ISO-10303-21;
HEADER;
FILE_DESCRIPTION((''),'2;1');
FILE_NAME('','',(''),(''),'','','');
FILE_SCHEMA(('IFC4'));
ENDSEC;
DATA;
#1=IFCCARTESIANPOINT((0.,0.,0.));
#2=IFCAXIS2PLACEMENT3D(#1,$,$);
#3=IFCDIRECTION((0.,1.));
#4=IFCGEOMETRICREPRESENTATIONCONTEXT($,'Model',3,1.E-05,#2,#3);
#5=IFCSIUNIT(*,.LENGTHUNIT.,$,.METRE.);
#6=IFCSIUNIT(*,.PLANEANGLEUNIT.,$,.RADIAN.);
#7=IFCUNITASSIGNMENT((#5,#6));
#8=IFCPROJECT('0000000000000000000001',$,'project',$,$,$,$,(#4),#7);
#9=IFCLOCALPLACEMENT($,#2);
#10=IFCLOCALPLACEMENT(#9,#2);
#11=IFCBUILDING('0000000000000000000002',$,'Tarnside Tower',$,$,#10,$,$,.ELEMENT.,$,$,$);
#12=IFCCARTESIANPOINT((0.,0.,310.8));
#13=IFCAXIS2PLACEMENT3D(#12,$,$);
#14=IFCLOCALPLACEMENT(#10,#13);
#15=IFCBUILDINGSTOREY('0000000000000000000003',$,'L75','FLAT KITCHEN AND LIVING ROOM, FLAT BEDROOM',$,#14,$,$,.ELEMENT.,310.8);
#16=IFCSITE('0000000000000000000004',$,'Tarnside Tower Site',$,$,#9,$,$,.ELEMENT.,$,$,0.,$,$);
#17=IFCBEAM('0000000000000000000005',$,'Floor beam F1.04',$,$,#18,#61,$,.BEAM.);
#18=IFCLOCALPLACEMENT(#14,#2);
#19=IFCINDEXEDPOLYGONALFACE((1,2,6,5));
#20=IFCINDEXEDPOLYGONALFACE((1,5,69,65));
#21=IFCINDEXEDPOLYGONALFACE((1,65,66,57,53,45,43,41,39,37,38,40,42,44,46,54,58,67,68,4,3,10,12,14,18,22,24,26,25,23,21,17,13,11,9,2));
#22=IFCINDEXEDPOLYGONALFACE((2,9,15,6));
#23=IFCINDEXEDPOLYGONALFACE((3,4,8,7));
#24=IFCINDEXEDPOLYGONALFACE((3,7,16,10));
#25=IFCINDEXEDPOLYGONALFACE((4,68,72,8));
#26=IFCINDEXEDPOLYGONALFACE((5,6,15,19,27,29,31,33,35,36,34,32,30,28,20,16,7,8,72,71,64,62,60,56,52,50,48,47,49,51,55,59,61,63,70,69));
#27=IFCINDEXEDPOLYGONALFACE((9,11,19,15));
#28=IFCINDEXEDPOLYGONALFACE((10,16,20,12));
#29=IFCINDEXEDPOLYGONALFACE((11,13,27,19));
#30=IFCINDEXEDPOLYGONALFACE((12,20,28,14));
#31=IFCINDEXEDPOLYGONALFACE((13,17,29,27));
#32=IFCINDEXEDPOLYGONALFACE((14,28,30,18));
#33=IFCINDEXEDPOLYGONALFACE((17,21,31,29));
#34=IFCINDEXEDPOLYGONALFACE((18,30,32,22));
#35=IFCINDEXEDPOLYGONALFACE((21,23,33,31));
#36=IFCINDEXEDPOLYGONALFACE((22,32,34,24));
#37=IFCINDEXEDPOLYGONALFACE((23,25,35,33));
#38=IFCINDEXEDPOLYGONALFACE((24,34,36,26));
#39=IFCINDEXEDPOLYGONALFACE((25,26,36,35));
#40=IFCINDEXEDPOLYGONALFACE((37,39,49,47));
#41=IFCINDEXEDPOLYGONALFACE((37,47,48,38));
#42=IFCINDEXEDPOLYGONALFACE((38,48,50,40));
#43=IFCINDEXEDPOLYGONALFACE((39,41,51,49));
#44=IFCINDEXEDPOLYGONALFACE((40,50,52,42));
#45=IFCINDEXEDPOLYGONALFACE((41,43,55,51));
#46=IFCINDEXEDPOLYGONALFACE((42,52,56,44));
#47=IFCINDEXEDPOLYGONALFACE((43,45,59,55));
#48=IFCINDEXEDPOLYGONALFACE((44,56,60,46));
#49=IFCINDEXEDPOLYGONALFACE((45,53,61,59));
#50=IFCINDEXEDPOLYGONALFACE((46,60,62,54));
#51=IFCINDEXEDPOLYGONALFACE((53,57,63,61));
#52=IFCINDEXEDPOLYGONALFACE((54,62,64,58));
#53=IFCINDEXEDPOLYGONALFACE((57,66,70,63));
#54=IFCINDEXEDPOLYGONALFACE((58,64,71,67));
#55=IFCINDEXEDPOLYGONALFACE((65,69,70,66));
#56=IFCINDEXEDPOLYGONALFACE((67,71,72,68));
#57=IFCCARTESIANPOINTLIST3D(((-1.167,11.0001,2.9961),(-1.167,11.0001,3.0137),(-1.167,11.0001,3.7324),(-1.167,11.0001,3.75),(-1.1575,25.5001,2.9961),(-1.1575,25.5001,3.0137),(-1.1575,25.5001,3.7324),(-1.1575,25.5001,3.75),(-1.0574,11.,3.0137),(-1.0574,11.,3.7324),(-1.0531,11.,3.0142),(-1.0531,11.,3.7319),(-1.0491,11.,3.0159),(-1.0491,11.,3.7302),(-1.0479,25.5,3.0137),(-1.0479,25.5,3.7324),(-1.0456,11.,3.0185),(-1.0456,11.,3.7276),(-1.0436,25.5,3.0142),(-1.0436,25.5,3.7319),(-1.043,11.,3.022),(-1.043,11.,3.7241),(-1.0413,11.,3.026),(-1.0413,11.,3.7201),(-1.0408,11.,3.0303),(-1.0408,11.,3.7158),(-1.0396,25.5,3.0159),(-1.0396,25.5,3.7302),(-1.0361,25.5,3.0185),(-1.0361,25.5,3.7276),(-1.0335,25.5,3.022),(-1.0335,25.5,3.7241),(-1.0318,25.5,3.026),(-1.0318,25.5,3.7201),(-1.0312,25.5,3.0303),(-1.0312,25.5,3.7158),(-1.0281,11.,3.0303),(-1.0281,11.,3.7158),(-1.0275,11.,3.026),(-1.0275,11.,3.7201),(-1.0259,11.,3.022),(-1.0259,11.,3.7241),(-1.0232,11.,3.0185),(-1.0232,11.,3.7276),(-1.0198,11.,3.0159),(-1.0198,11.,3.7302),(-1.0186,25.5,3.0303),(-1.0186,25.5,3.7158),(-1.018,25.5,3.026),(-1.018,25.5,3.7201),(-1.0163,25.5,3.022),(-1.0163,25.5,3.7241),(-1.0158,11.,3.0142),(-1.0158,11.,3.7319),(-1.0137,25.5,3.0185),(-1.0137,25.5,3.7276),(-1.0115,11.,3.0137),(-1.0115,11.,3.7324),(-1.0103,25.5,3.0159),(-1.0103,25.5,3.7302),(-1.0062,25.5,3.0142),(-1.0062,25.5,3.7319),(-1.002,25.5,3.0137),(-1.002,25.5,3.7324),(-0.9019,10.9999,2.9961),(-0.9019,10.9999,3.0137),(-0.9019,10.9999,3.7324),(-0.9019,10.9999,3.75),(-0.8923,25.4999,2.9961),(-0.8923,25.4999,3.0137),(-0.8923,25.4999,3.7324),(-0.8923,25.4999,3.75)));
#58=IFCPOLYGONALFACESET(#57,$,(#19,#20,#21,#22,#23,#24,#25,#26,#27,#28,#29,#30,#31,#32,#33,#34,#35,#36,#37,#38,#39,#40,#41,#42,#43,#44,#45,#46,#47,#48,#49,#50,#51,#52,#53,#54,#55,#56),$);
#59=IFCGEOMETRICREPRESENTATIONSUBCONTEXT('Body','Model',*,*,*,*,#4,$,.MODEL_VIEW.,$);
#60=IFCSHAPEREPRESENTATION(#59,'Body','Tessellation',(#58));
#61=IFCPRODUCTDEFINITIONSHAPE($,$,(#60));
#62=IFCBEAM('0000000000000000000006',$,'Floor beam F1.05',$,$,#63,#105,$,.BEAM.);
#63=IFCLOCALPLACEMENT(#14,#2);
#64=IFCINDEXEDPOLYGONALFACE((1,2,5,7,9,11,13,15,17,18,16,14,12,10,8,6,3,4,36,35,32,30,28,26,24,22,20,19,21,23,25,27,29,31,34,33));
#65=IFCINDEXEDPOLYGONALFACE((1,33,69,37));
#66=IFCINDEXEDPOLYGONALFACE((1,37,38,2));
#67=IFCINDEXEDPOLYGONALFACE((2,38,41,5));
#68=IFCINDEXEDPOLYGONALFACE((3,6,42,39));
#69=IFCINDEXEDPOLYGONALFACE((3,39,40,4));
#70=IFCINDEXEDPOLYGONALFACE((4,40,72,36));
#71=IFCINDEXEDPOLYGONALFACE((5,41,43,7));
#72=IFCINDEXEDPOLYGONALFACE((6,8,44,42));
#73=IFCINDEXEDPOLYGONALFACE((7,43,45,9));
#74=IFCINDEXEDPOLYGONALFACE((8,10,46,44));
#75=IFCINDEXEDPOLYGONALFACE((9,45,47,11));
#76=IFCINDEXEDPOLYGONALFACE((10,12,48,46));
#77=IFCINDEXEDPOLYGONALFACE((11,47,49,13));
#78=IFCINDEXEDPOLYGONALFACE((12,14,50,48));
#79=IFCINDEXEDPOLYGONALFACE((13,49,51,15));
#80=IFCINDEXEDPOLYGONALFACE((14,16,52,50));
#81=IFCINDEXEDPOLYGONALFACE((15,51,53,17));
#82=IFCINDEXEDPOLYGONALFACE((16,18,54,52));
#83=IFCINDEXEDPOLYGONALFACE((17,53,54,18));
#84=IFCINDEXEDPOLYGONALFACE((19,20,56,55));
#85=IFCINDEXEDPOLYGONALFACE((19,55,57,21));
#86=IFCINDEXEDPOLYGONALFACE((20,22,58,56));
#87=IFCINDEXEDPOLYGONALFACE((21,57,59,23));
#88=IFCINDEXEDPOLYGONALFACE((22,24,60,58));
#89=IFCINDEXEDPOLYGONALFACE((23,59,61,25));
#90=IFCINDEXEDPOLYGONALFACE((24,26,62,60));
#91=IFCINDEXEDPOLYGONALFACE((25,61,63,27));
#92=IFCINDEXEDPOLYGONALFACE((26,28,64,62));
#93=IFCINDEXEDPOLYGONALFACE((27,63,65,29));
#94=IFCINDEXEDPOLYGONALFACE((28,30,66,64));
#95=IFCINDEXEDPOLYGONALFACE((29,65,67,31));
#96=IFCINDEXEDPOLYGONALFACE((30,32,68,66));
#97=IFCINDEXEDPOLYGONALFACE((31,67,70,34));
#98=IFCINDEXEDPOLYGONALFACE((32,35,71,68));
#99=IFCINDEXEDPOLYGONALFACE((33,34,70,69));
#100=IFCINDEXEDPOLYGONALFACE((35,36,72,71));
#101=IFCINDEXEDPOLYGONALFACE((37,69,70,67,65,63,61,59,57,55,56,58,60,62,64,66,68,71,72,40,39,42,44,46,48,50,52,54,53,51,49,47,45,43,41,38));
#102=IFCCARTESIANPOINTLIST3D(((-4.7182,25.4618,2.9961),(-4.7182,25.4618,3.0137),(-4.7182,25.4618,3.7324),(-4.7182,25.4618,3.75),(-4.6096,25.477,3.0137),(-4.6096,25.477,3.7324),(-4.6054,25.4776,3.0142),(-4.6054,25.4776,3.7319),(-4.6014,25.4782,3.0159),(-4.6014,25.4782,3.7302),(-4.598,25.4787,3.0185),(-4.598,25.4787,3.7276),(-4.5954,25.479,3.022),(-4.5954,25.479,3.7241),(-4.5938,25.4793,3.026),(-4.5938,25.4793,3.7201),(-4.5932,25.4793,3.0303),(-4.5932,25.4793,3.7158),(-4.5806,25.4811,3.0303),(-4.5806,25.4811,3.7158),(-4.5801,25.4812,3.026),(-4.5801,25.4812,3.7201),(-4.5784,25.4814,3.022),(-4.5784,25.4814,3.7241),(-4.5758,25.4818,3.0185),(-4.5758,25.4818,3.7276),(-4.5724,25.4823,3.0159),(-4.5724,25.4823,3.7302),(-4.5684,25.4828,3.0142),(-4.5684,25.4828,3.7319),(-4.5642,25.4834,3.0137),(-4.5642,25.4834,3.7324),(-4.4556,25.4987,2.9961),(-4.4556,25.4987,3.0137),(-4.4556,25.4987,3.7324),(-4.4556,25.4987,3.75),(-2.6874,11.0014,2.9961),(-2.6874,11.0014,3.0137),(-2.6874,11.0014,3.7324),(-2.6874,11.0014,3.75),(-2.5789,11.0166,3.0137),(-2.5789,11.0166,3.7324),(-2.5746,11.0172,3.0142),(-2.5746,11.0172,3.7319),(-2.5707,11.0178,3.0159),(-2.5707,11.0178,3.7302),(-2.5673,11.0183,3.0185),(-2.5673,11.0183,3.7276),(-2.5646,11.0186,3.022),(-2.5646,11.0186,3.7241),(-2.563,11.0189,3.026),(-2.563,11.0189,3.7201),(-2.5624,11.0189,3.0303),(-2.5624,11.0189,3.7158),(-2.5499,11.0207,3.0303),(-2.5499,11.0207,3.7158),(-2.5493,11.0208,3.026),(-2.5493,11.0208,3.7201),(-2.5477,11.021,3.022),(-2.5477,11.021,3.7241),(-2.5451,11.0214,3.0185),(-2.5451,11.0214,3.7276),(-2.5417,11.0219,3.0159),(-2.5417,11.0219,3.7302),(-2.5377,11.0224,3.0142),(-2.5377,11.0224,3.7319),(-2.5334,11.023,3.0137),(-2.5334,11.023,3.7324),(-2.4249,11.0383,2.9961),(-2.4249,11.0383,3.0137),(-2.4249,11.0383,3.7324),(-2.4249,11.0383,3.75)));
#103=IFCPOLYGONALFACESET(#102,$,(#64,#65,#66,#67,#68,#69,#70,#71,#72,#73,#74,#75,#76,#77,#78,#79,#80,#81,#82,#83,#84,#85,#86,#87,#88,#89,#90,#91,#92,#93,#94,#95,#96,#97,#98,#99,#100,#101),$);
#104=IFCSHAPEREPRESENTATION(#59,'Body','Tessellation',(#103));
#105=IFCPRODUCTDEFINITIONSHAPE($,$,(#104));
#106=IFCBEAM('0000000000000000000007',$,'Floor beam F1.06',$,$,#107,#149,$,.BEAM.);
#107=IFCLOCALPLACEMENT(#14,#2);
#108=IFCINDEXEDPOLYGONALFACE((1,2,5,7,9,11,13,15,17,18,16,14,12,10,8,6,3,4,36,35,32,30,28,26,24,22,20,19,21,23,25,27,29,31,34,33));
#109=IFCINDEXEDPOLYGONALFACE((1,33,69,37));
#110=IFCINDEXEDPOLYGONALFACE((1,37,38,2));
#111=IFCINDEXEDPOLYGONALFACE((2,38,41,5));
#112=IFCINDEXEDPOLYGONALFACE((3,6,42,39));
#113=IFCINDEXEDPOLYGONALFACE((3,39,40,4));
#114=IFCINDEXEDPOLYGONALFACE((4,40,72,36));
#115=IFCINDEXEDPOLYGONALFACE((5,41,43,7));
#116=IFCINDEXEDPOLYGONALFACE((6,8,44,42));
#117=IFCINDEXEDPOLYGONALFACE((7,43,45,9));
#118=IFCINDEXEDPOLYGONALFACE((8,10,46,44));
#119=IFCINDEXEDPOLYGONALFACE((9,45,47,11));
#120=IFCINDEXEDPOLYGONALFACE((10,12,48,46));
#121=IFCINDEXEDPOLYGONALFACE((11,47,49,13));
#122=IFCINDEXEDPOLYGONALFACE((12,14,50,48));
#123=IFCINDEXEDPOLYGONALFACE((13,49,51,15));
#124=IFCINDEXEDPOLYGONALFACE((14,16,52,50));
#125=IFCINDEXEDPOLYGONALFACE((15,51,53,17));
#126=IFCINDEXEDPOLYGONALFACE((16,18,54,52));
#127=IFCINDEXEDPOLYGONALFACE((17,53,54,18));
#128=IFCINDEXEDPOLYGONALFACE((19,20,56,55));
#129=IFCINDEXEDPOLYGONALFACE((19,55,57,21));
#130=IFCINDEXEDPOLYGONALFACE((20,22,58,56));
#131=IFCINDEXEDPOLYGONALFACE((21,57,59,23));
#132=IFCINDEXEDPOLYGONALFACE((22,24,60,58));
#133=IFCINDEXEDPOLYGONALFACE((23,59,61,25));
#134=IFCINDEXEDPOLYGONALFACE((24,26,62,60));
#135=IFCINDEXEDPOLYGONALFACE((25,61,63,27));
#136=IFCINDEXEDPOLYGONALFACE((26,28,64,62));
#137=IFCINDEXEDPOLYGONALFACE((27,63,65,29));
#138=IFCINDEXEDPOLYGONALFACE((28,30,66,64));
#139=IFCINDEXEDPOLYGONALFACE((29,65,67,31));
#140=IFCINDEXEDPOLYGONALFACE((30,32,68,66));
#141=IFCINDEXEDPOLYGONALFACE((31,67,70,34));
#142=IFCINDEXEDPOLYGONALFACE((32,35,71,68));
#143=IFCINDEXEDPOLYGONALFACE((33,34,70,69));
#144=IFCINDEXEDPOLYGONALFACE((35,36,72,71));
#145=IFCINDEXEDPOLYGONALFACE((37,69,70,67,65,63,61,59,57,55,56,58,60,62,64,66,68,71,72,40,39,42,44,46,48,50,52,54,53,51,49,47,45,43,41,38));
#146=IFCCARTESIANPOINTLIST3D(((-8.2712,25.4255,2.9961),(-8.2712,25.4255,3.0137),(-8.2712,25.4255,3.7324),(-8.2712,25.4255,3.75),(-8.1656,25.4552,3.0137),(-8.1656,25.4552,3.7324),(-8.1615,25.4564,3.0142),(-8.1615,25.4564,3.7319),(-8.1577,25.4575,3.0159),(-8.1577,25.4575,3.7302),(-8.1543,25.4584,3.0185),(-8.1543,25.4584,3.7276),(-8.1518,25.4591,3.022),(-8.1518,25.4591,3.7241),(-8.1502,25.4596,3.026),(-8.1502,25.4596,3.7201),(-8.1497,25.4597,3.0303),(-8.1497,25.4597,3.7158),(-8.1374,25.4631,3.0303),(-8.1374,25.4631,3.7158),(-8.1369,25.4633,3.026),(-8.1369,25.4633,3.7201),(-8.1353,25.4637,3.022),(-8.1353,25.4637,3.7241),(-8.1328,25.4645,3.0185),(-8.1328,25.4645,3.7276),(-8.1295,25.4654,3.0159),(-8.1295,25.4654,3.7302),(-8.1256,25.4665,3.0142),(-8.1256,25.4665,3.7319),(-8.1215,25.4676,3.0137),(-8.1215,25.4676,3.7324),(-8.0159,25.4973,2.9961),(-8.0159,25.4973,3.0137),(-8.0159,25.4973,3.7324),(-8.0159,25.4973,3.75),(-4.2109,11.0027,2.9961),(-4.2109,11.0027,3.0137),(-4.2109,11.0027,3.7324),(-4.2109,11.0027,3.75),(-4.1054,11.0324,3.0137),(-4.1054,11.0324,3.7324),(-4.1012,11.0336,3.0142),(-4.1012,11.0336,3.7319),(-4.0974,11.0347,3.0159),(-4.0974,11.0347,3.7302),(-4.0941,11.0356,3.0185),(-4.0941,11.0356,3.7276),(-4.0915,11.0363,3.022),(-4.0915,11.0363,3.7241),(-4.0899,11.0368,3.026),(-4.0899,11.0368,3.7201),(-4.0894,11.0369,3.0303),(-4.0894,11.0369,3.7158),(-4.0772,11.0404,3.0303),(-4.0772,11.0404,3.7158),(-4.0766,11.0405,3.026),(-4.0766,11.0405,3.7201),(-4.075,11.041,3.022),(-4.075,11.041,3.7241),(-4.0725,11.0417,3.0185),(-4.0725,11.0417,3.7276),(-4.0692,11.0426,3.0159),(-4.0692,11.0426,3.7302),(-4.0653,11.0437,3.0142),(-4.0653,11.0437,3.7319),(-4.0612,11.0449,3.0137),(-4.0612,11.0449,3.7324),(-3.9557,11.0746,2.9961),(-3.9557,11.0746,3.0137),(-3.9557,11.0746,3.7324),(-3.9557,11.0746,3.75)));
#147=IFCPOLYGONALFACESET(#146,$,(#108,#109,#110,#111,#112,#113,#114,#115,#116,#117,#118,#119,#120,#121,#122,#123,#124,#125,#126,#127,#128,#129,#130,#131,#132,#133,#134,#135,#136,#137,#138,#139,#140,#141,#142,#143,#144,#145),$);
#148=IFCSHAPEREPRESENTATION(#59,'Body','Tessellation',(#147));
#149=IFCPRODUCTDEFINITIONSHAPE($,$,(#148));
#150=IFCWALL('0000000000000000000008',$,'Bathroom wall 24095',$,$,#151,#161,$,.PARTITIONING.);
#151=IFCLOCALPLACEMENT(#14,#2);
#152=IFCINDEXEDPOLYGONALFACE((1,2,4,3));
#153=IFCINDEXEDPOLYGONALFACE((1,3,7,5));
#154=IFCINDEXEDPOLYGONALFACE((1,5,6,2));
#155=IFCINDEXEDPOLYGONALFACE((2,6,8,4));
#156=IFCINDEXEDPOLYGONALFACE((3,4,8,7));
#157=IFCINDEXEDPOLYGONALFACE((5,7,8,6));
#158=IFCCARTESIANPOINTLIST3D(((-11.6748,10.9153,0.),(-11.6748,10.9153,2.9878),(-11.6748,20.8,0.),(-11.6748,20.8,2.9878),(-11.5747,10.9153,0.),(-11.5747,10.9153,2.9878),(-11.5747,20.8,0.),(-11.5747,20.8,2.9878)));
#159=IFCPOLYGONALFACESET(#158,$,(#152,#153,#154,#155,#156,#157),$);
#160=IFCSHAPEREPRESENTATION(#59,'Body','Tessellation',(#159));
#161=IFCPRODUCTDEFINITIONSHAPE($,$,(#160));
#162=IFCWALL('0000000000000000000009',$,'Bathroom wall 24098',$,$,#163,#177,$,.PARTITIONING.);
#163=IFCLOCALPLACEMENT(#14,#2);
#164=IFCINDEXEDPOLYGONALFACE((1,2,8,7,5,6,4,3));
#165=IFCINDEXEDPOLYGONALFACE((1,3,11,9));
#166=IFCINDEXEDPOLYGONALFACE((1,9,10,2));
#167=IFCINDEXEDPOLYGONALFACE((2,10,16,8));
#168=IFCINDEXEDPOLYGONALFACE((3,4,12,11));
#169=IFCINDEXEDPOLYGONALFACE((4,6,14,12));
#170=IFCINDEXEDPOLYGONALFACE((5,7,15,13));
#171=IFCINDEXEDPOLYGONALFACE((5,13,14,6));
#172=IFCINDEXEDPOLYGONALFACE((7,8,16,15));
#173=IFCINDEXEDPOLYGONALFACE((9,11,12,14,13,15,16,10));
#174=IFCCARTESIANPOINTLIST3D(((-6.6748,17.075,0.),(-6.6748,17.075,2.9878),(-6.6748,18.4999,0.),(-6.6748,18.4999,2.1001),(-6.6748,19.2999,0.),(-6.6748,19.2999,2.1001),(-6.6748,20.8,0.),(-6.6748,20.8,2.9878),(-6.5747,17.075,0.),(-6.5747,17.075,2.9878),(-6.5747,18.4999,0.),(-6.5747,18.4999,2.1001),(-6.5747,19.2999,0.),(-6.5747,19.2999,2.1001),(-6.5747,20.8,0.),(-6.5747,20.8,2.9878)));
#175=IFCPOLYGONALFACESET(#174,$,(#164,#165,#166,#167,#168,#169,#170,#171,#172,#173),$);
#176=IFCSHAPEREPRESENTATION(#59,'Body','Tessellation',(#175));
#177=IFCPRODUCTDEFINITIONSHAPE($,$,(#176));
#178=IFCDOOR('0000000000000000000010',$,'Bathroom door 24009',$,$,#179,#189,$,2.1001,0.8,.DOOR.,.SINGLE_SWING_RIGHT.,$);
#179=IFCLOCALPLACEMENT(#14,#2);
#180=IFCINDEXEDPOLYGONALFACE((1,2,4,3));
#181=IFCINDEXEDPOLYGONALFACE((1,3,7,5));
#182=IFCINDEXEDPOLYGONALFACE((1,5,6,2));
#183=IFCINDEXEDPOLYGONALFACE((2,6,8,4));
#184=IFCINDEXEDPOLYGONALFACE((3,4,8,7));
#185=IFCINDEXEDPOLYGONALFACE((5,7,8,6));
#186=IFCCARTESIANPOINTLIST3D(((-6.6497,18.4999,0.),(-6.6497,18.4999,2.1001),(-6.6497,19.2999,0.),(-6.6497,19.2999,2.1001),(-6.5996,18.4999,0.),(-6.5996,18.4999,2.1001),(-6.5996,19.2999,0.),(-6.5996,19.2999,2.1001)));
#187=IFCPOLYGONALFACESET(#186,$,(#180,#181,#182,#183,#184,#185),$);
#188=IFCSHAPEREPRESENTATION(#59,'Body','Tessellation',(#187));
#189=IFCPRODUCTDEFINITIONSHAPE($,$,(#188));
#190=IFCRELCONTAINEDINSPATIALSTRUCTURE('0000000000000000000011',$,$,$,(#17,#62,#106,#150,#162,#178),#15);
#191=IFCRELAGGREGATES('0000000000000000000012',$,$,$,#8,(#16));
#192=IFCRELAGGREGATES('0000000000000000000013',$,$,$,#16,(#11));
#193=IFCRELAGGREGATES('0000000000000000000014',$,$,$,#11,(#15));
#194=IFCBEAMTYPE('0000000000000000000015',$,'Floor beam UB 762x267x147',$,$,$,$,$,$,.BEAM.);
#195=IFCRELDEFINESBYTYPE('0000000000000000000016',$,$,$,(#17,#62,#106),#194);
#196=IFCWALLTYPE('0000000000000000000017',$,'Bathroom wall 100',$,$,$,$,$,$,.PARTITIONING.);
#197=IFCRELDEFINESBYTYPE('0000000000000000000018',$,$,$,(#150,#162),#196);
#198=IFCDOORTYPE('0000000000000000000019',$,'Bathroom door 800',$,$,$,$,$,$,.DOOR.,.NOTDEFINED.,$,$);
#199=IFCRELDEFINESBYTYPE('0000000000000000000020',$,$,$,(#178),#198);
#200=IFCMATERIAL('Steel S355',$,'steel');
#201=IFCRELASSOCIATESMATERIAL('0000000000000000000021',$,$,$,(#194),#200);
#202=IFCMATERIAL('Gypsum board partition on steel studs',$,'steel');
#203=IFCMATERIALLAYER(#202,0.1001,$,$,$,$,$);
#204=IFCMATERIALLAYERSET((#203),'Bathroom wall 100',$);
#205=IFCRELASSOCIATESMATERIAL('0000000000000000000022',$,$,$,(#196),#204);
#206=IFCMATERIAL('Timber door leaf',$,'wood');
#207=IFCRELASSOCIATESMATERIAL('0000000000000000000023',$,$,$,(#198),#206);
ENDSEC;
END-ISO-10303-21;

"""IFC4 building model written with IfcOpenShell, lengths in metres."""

from ifc_helpers import new_model, si_unit, direction, frame, frame_2d, origin, origin_2d, place, context, subcontext, project, spatial, rectangle, i_section, extrude, material, layer, layer_set, material_profile, profile_set, type_object, element, fill, save


model = new_model("IFC4")

# Units and contexts
model_context = context("Model", 3, precision=1e-05, world=origin(), true_north=direction((0.0, 1.0)))
body_context = subcontext(model_context, "Body", "Model", "MODEL_VIEW")
ifc_project = project(units=[si_unit("LENGTHUNIT", "METRE"), si_unit("PLANEANGLEUNIT", "RADIAN")], contexts=[model_context])

# Site, building, storey
site_placement = place(None, origin())
site = spatial("IfcSite", under=ifc_project, at=site_placement, Name="Tarnside Tower Site", CompositionType="ELEMENT", RefElevation=0.0)
building_placement = place(site_placement, origin())
building = spatial("IfcBuilding", under=site, at=building_placement, Name="Tarnside Tower", CompositionType="ELEMENT")
storey_placement = place(building_placement, frame((0.0, 0.0, 310.8)))
storey = spatial("IfcBuildingStorey", under=building, at=storey_placement, Name="L75", Description="FLAT KITCHEN AND LIVING ROOM, FLAT BEDROOM", CompositionType="ELEMENT", Elevation=310.8)

# Beams
ifc_material_1 = material(Name="Steel S355", Category="steel")
ifc_material_profile = material_profile(ifc_material_1, i_section(OverallWidth=0.2651, OverallDepth=0.7539, WebThickness=0.0127, FlangeThickness=0.0176, FilletRadius=0.0166, at=origin_2d()), Name="UB 762x267x147")
ifc_profile_set = profile_set([ifc_material_profile], Name="Steel S355")
beam_type = type_object("IfcBeamType", Name="Floor beam UB 762x267x147", PredefinedType="BEAM", material=ifc_profile_set)
beam_1_placement = place(storey_placement, frame((-1.0249, 25.5, 3.373), z_axis=(-0.000657, -1.0, 0.0), x_axis=(1.0, -0.000657, 0.0)))
element("IfcBeam", 1, at=beam_1_placement, inside=storey, type_object=beam_type, Name="Floor beam F1.04", PredefinedType="BEAM", context=body_context, shape_type="SweptSolid", body=[
    extrude(i_section(OverallWidth=0.2651, OverallDepth=0.7539, WebThickness=0.0127, FlangeThickness=0.0176, FilletRadius=0.0166, at=origin_2d()), origin(), (0.0, 0.0, 1.0), 14.5),
])
beam_2_placement = place(storey_placement, frame((-4.5869, 25.4802, 3.373), z_axis=(0.139071, -0.990282, 0.0), x_axis=(0.990282, 0.139071, 0.0)))
element("IfcBeam", 2, at=beam_2_placement, inside=storey, type_object=beam_type, Name="Floor beam F1.05", PredefinedType="BEAM", context=body_context, shape_type="SweptSolid", body=[
    extrude(i_section(OverallWidth=0.2651, OverallDepth=0.7539, WebThickness=0.0127, FlangeThickness=0.0176, FilletRadius=0.0166, at=origin_2d()), origin(), (0.0, 0.0, 1.0), 14.6023),
])
beam_3_placement = place(storey_placement, frame((-8.1436, 25.4614, 3.373), z_axis=(0.270985, -0.962583, 0.0), x_axis=(0.962583, 0.270985, 0.0)))
element("IfcBeam", 3, at=beam_3_placement, inside=storey, type_object=beam_type, Name="Floor beam F1.06", PredefinedType="BEAM", context=body_context, shape_type="SweptSolid", body=[
    extrude(i_section(OverallWidth=0.2651, OverallDepth=0.7539, WebThickness=0.0127, FlangeThickness=0.0176, FilletRadius=0.0166, at=origin_2d()), origin(), (0.0, 0.0, 1.0), 14.9834),
])

# Wall
ifc_material_2 = material(Name="Gypsum board partition on steel studs", Category="steel")
ifc_layer_1 = layer(ifc_material_2, 0.1001)
ifc_layer_set_1 = layer_set([ifc_layer_1], Name="Bathroom wall 100")
wall_type_1 = type_object("IfcWallType", Name="Bathroom wall 100", PredefinedType="PARTITIONING", material=ifc_layer_set_1)
wall_1_placement = place(storey_placement, frame((-11.6248, 10.9153, 0.0), z_axis=(0.0, 0.0, 1.0), x_axis=(0.0, 1.0, 0.0)))
element("IfcWall", 4, at=wall_1_placement, inside=storey, type_object=wall_type_1, Name="Bathroom wall 24095", PredefinedType="PARTITIONING", context=body_context, shape_type="SweptSolid", body=[
    extrude(rectangle(XDim=9.8848, YDim=0.1001, at=frame_2d((4.9424, 0.0))), origin(), (0.0, 0.0, 1.0), 2.9878),
])

# Wall, opening, door
wall_2_placement = place(storey_placement, frame((-6.6248, 17.075, 0.0), z_axis=(0.0, 0.0, 1.0), x_axis=(0.0, 1.0, 0.0)))
wall_2 = element("IfcWall", 5, at=wall_2_placement, inside=storey, type_object=wall_type_1, Name="Bathroom wall 24098", PredefinedType="PARTITIONING", context=body_context, shape_type="SweptSolid", body=[
    extrude(rectangle(XDim=3.7251, YDim=0.1001, at=frame_2d((1.8625, 0.0))), origin(), (0.0, 0.0, 1.0), 2.9878),
])
opening_1_placement = place(wall_2_placement, frame((1.425, 0.0, 0.0)))
opening_1 = element("IfcOpeningElement", 6, at=opening_1_placement, cuts=wall_2, PredefinedType="OPENING", context=body_context, shape_type="SweptSolid", body=[
    extrude(rectangle(XDim=0.8, YDim=2.1001, at=frame_2d((0.3999, 1.05))), frame((0.0, 0.0601, 0.0), z_axis=(0.0, -1.0, 0.0), x_axis=(1.0, 0.0, 0.0)), (0.0, 0.0, 1.0), 0.1201),
])
ifc_material_3 = material(Name="Timber door leaf", Category="wood")
door_type_1 = type_object("IfcDoorType", Name="Bathroom door 800", OperationType="NOTDEFINED", PredefinedType="DOOR", material=ifc_material_3)
door_1_placement = place(opening_1_placement, origin())
door_1 = element("IfcDoor", 7, at=door_1_placement, inside=storey, type_object=door_type_1, Name="Bathroom door 24009", OperationType="SINGLE_SWING_RIGHT", OverallHeight=2.1001, OverallWidth=0.8, PredefinedType="DOOR", context=body_context, shape_type="SweptSolid", body=[
    extrude(rectangle(XDim=0.8, YDim=2.1001, at=frame_2d((0.3999, 1.05))), frame((0.0, 0.0249, 0.0), z_axis=(0.0, -1.0, 0.0), x_axis=(1.0, 0.0, 0.0)), (0.0, 0.0, 1.0), 0.05),
])
fill(opening_1, door_1)

save(model, "model.ifc")
